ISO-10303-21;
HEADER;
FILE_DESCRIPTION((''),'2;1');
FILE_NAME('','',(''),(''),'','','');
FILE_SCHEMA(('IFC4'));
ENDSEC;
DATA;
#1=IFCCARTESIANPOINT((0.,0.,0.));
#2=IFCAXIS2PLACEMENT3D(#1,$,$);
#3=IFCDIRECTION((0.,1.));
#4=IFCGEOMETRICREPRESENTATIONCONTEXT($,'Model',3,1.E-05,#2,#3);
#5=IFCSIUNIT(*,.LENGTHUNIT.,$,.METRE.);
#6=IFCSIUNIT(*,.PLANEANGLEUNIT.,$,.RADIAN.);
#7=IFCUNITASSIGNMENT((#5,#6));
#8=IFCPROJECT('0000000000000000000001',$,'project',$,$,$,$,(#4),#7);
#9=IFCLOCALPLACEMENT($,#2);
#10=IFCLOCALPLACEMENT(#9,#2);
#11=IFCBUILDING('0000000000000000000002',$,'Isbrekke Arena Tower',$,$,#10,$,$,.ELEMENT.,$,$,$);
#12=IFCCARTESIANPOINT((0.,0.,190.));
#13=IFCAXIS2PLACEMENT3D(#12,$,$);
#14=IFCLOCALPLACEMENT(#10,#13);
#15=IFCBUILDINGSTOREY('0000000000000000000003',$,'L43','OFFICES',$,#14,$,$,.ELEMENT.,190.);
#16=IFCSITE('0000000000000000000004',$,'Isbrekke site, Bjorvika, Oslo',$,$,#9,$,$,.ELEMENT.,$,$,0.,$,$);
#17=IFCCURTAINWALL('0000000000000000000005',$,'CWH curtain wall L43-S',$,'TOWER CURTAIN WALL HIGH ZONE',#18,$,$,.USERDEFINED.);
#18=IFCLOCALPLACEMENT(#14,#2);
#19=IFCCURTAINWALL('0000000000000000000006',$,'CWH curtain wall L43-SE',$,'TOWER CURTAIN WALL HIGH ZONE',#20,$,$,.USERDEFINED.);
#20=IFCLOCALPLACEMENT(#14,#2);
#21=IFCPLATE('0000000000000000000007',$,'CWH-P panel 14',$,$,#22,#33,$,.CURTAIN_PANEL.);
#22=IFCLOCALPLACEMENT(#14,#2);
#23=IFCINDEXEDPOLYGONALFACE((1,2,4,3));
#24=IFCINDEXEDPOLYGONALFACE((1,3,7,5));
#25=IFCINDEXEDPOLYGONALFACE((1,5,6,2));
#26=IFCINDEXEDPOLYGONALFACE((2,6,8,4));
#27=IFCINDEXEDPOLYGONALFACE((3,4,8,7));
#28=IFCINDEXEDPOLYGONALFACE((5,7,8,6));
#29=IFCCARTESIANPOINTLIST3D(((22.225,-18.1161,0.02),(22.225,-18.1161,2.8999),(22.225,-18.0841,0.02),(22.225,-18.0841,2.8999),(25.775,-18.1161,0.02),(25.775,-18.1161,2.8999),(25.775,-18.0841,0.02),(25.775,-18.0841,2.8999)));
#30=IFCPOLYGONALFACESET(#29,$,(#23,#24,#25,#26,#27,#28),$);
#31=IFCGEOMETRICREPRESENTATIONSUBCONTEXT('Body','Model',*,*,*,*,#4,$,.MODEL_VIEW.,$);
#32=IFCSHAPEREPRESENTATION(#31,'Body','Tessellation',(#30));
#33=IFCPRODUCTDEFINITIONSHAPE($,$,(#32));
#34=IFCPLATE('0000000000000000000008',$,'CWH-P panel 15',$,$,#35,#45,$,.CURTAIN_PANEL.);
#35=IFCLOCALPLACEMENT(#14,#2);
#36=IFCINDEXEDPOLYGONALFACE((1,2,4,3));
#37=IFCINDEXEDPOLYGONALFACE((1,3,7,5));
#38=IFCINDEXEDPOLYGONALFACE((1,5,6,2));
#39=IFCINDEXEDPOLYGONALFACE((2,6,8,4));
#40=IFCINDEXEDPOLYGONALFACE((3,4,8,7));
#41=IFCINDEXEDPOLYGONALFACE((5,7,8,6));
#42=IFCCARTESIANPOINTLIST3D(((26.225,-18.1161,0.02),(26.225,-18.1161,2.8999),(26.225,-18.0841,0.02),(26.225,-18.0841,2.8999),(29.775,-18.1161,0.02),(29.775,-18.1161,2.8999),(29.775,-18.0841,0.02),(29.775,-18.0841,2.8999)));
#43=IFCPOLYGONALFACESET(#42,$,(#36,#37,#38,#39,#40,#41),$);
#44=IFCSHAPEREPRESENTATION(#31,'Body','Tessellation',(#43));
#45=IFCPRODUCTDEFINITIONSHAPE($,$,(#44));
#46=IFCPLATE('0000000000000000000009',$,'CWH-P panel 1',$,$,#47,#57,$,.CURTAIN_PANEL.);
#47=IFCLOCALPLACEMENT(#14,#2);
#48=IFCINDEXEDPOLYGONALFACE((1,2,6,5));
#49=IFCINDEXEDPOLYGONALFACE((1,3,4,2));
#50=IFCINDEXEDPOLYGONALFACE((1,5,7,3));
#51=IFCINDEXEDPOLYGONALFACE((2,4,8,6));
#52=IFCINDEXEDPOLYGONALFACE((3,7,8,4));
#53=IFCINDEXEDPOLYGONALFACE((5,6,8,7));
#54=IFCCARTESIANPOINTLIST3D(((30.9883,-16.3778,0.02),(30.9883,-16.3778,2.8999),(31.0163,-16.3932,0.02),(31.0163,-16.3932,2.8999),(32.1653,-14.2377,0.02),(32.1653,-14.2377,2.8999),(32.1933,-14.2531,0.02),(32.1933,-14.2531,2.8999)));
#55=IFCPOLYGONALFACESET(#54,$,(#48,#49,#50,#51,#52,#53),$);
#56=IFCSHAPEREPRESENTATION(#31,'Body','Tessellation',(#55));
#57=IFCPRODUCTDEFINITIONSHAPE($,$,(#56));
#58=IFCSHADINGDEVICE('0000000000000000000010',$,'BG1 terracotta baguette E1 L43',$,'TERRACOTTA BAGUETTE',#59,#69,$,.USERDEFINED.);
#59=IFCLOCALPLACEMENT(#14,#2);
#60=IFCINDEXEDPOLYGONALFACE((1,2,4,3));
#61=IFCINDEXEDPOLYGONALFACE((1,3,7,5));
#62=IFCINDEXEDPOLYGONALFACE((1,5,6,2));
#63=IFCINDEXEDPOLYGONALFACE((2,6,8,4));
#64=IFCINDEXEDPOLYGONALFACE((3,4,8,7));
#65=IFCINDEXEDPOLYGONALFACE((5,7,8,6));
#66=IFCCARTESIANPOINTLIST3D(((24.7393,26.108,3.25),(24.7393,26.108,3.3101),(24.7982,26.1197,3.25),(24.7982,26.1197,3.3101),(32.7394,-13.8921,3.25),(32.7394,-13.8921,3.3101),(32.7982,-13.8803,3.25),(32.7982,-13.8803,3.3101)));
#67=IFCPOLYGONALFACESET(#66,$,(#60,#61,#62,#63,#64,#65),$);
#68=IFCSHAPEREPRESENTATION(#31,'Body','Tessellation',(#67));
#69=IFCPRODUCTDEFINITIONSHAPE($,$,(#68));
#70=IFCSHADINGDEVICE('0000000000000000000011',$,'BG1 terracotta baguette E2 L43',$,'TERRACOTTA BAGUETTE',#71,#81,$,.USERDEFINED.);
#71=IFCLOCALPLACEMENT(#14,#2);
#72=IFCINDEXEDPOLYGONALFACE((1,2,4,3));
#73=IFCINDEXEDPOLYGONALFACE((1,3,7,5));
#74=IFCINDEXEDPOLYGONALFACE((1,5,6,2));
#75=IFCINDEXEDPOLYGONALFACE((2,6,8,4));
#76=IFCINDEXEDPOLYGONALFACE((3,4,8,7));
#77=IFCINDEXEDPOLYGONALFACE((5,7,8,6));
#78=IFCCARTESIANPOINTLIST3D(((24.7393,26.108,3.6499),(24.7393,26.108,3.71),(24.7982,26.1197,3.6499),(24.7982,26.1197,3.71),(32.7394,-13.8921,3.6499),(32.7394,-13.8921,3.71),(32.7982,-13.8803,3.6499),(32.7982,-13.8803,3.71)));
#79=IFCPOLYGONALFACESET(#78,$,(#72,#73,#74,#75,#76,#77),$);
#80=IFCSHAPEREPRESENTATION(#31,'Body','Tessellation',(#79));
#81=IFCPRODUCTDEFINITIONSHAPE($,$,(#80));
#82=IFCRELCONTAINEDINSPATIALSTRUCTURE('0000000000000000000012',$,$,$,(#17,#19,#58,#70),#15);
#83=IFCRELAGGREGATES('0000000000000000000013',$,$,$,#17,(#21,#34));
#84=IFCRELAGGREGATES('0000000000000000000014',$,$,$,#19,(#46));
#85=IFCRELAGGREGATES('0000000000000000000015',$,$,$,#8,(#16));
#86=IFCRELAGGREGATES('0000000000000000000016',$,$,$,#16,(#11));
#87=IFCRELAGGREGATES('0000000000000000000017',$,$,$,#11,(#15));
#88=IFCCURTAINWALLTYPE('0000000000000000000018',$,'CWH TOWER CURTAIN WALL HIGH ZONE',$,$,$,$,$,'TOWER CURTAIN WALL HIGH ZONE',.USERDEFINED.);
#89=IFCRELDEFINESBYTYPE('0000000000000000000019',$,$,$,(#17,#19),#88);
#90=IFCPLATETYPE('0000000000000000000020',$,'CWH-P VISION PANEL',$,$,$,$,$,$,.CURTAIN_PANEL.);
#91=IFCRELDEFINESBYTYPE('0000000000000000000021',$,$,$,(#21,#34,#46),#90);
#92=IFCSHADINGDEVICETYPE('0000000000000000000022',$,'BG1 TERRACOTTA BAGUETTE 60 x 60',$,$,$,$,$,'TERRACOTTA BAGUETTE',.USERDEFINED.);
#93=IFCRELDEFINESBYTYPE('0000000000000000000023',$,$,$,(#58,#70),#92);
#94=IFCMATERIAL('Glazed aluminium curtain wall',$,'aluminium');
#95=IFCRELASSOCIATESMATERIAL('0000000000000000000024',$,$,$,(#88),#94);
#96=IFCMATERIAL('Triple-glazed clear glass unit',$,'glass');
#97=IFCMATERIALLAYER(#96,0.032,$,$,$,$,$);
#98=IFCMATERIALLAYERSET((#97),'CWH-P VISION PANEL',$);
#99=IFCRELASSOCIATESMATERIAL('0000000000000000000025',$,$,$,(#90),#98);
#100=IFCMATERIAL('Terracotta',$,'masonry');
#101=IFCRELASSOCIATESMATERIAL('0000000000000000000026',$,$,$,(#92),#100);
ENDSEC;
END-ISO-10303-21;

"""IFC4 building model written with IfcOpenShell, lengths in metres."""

from ifc_helpers import new_model, si_unit, direction, frame, origin, origin_2d, place, context, subcontext, project, spatial, rectangle, extrude, material, layer, layer_set, material_profile, profile_set, type_object, element, aggregate, save


model = new_model("IFC4")

# Units and contexts
model_context = context("Model", 3, precision=1e-05, world=origin(), true_north=direction((0.0, 1.0)))
body_context = subcontext(model_context, "Body", "Model", "MODEL_VIEW")
ifc_project = project(units=[si_unit("LENGTHUNIT", "METRE"), si_unit("PLANEANGLEUNIT", "RADIAN")], contexts=[model_context])

# Site, building, storey
site_placement = place(None, origin())
site = spatial("IfcSite", under=ifc_project, at=site_placement, Name="Isbrekke site, Bjorvika, Oslo", CompositionType="ELEMENT", RefElevation=0.0)
building_placement = place(site_placement, origin())
building = spatial("IfcBuilding", under=site, at=building_placement, Name="Isbrekke Arena Tower", CompositionType="ELEMENT")
storey_placement = place(building_placement, frame((0.0, 0.0, 190.0)))
storey = spatial("IfcBuildingStorey", under=building, at=storey_placement, Name="L43", Description="OFFICES", CompositionType="ELEMENT", Elevation=190.0)

# Curtain walls
ifc_material_1 = material(Name="Glazed aluminium curtain wall", Category="aluminium")
curtain_wall_type = type_object("IfcCurtainWallType", Name="CWH TOWER CURTAIN WALL HIGH ZONE", ElementType="TOWER CURTAIN WALL HIGH ZONE", PredefinedType="USERDEFINED", material=ifc_material_1)
curtain_wall_1_placement = place(storey_placement, origin())
curtain_wall_1 = element("IfcCurtainWall", 1, at=curtain_wall_1_placement, inside=storey, type_object=curtain_wall_type, Name="CWH curtain wall L43-S", ObjectType="TOWER CURTAIN WALL HIGH ZONE", PredefinedType="USERDEFINED")
curtain_wall_2_placement = place(storey_placement, origin())
curtain_wall_2 = element("IfcCurtainWall", 2, at=curtain_wall_2_placement, inside=storey, type_object=curtain_wall_type, Name="CWH curtain wall L43-SE", ObjectType="TOWER CURTAIN WALL HIGH ZONE", PredefinedType="USERDEFINED")

# Plates
ifc_material_2 = material(Name="Triple-glazed clear glass unit", Category="glass")
ifc_layer = layer(ifc_material_2, 0.032)
ifc_layer_set = layer_set([ifc_layer], Name="CWH-P VISION PANEL")
plate_type = type_object("IfcPlateType", Name="CWH-P VISION PANEL", PredefinedType="CURTAIN_PANEL", material=ifc_layer_set)
plate_1_placement = place(storey_placement, frame((24.0, -18.1001, 0.02), z_axis=(0.0, 0.0, 1.0), x_axis=(1.0, 0.0, 0.0)))
plate_1 = element("IfcPlate", 3, at=plate_1_placement, type_object=plate_type, Name="CWH-P panel 14", PredefinedType="CURTAIN_PANEL", context=body_context, shape_type="SweptSolid", body=[
    extrude(rectangle(XDim=3.55, YDim=0.032, at=origin_2d()), origin(), (0.0, 0.0, 1.0), 2.8799),
])
plate_2_placement = place(storey_placement, frame((28.0, -18.1001, 0.02), z_axis=(0.0, 0.0, 1.0), x_axis=(1.0, 0.0, 0.0)))
plate_2 = element("IfcPlate", 4, at=plate_2_placement, type_object=plate_type, Name="CWH-P panel 15", PredefinedType="CURTAIN_PANEL", context=body_context, shape_type="SweptSolid", body=[
    extrude(rectangle(XDim=3.55, YDim=0.032, at=origin_2d()), origin(), (0.0, 0.0, 1.0), 2.8799),
])
aggregate(curtain_wall_1, [plate_1, plate_2])
plate_3_placement = place(storey_placement, frame((31.5908, -15.3154, 0.02), z_axis=(0.0, 0.0, 1.0), x_axis=(0.481919, 0.876216, 0.0)))
plate_3 = element("IfcPlate", 5, at=plate_3_placement, type_object=plate_type, Name="CWH-P panel 1", PredefinedType="CURTAIN_PANEL", context=body_context, shape_type="SweptSolid", body=[
    extrude(rectangle(XDim=2.4424, YDim=0.032, at=origin_2d()), origin(), (0.0, 0.0, 1.0), 2.8799),
])
aggregate(curtain_wall_2, [plate_3])

# Shading devices
ifc_material_3 = material(Name="Terracotta", Category="masonry")
ifc_material_profile_1 = material_profile(ifc_material_3, rectangle(XDim=0.0601, YDim=0.0601, at=origin_2d()), Name="BAGUETTE 60X60")
ifc_profile_set_1 = profile_set([ifc_material_profile_1], Name="Terracotta")
shading_device_type = type_object("IfcShadingDeviceType", Name="BG1 TERRACOTTA BAGUETTE 60 x 60", ElementType="TERRACOTTA BAGUETTE", PredefinedType="USERDEFINED", material=ifc_profile_set_1)
for number, where, z_axis, x_axis, name in (
    (6, (32.7688, -13.8862, 3.28), (-0.196116, 0.980581, 0.0), (-0.980581, -0.196116, 0.0), "BG1 terracotta baguette E1 L43"),
    (7, (32.7688, -13.8862, 3.6799), (-0.196116, 0.980581, 0.0), (-0.980581, -0.196116, 0.0), "BG1 terracotta baguette E2 L43"),
):
    element("IfcShadingDevice", number, at=place(storey_placement, frame(where, z_axis=z_axis, x_axis=x_axis)), inside=storey, type_object=shading_device_type, Name=name, ObjectType="TERRACOTTA BAGUETTE", PredefinedType="USERDEFINED", context=body_context, shape_type="SweptSolid", body=[
        extrude(rectangle(XDim=0.0601, YDim=0.0601, at=origin_2d()), origin(), (0.0, 0.0, 1.0), 40.7922),
    ])

save(model, "model.ifc")
